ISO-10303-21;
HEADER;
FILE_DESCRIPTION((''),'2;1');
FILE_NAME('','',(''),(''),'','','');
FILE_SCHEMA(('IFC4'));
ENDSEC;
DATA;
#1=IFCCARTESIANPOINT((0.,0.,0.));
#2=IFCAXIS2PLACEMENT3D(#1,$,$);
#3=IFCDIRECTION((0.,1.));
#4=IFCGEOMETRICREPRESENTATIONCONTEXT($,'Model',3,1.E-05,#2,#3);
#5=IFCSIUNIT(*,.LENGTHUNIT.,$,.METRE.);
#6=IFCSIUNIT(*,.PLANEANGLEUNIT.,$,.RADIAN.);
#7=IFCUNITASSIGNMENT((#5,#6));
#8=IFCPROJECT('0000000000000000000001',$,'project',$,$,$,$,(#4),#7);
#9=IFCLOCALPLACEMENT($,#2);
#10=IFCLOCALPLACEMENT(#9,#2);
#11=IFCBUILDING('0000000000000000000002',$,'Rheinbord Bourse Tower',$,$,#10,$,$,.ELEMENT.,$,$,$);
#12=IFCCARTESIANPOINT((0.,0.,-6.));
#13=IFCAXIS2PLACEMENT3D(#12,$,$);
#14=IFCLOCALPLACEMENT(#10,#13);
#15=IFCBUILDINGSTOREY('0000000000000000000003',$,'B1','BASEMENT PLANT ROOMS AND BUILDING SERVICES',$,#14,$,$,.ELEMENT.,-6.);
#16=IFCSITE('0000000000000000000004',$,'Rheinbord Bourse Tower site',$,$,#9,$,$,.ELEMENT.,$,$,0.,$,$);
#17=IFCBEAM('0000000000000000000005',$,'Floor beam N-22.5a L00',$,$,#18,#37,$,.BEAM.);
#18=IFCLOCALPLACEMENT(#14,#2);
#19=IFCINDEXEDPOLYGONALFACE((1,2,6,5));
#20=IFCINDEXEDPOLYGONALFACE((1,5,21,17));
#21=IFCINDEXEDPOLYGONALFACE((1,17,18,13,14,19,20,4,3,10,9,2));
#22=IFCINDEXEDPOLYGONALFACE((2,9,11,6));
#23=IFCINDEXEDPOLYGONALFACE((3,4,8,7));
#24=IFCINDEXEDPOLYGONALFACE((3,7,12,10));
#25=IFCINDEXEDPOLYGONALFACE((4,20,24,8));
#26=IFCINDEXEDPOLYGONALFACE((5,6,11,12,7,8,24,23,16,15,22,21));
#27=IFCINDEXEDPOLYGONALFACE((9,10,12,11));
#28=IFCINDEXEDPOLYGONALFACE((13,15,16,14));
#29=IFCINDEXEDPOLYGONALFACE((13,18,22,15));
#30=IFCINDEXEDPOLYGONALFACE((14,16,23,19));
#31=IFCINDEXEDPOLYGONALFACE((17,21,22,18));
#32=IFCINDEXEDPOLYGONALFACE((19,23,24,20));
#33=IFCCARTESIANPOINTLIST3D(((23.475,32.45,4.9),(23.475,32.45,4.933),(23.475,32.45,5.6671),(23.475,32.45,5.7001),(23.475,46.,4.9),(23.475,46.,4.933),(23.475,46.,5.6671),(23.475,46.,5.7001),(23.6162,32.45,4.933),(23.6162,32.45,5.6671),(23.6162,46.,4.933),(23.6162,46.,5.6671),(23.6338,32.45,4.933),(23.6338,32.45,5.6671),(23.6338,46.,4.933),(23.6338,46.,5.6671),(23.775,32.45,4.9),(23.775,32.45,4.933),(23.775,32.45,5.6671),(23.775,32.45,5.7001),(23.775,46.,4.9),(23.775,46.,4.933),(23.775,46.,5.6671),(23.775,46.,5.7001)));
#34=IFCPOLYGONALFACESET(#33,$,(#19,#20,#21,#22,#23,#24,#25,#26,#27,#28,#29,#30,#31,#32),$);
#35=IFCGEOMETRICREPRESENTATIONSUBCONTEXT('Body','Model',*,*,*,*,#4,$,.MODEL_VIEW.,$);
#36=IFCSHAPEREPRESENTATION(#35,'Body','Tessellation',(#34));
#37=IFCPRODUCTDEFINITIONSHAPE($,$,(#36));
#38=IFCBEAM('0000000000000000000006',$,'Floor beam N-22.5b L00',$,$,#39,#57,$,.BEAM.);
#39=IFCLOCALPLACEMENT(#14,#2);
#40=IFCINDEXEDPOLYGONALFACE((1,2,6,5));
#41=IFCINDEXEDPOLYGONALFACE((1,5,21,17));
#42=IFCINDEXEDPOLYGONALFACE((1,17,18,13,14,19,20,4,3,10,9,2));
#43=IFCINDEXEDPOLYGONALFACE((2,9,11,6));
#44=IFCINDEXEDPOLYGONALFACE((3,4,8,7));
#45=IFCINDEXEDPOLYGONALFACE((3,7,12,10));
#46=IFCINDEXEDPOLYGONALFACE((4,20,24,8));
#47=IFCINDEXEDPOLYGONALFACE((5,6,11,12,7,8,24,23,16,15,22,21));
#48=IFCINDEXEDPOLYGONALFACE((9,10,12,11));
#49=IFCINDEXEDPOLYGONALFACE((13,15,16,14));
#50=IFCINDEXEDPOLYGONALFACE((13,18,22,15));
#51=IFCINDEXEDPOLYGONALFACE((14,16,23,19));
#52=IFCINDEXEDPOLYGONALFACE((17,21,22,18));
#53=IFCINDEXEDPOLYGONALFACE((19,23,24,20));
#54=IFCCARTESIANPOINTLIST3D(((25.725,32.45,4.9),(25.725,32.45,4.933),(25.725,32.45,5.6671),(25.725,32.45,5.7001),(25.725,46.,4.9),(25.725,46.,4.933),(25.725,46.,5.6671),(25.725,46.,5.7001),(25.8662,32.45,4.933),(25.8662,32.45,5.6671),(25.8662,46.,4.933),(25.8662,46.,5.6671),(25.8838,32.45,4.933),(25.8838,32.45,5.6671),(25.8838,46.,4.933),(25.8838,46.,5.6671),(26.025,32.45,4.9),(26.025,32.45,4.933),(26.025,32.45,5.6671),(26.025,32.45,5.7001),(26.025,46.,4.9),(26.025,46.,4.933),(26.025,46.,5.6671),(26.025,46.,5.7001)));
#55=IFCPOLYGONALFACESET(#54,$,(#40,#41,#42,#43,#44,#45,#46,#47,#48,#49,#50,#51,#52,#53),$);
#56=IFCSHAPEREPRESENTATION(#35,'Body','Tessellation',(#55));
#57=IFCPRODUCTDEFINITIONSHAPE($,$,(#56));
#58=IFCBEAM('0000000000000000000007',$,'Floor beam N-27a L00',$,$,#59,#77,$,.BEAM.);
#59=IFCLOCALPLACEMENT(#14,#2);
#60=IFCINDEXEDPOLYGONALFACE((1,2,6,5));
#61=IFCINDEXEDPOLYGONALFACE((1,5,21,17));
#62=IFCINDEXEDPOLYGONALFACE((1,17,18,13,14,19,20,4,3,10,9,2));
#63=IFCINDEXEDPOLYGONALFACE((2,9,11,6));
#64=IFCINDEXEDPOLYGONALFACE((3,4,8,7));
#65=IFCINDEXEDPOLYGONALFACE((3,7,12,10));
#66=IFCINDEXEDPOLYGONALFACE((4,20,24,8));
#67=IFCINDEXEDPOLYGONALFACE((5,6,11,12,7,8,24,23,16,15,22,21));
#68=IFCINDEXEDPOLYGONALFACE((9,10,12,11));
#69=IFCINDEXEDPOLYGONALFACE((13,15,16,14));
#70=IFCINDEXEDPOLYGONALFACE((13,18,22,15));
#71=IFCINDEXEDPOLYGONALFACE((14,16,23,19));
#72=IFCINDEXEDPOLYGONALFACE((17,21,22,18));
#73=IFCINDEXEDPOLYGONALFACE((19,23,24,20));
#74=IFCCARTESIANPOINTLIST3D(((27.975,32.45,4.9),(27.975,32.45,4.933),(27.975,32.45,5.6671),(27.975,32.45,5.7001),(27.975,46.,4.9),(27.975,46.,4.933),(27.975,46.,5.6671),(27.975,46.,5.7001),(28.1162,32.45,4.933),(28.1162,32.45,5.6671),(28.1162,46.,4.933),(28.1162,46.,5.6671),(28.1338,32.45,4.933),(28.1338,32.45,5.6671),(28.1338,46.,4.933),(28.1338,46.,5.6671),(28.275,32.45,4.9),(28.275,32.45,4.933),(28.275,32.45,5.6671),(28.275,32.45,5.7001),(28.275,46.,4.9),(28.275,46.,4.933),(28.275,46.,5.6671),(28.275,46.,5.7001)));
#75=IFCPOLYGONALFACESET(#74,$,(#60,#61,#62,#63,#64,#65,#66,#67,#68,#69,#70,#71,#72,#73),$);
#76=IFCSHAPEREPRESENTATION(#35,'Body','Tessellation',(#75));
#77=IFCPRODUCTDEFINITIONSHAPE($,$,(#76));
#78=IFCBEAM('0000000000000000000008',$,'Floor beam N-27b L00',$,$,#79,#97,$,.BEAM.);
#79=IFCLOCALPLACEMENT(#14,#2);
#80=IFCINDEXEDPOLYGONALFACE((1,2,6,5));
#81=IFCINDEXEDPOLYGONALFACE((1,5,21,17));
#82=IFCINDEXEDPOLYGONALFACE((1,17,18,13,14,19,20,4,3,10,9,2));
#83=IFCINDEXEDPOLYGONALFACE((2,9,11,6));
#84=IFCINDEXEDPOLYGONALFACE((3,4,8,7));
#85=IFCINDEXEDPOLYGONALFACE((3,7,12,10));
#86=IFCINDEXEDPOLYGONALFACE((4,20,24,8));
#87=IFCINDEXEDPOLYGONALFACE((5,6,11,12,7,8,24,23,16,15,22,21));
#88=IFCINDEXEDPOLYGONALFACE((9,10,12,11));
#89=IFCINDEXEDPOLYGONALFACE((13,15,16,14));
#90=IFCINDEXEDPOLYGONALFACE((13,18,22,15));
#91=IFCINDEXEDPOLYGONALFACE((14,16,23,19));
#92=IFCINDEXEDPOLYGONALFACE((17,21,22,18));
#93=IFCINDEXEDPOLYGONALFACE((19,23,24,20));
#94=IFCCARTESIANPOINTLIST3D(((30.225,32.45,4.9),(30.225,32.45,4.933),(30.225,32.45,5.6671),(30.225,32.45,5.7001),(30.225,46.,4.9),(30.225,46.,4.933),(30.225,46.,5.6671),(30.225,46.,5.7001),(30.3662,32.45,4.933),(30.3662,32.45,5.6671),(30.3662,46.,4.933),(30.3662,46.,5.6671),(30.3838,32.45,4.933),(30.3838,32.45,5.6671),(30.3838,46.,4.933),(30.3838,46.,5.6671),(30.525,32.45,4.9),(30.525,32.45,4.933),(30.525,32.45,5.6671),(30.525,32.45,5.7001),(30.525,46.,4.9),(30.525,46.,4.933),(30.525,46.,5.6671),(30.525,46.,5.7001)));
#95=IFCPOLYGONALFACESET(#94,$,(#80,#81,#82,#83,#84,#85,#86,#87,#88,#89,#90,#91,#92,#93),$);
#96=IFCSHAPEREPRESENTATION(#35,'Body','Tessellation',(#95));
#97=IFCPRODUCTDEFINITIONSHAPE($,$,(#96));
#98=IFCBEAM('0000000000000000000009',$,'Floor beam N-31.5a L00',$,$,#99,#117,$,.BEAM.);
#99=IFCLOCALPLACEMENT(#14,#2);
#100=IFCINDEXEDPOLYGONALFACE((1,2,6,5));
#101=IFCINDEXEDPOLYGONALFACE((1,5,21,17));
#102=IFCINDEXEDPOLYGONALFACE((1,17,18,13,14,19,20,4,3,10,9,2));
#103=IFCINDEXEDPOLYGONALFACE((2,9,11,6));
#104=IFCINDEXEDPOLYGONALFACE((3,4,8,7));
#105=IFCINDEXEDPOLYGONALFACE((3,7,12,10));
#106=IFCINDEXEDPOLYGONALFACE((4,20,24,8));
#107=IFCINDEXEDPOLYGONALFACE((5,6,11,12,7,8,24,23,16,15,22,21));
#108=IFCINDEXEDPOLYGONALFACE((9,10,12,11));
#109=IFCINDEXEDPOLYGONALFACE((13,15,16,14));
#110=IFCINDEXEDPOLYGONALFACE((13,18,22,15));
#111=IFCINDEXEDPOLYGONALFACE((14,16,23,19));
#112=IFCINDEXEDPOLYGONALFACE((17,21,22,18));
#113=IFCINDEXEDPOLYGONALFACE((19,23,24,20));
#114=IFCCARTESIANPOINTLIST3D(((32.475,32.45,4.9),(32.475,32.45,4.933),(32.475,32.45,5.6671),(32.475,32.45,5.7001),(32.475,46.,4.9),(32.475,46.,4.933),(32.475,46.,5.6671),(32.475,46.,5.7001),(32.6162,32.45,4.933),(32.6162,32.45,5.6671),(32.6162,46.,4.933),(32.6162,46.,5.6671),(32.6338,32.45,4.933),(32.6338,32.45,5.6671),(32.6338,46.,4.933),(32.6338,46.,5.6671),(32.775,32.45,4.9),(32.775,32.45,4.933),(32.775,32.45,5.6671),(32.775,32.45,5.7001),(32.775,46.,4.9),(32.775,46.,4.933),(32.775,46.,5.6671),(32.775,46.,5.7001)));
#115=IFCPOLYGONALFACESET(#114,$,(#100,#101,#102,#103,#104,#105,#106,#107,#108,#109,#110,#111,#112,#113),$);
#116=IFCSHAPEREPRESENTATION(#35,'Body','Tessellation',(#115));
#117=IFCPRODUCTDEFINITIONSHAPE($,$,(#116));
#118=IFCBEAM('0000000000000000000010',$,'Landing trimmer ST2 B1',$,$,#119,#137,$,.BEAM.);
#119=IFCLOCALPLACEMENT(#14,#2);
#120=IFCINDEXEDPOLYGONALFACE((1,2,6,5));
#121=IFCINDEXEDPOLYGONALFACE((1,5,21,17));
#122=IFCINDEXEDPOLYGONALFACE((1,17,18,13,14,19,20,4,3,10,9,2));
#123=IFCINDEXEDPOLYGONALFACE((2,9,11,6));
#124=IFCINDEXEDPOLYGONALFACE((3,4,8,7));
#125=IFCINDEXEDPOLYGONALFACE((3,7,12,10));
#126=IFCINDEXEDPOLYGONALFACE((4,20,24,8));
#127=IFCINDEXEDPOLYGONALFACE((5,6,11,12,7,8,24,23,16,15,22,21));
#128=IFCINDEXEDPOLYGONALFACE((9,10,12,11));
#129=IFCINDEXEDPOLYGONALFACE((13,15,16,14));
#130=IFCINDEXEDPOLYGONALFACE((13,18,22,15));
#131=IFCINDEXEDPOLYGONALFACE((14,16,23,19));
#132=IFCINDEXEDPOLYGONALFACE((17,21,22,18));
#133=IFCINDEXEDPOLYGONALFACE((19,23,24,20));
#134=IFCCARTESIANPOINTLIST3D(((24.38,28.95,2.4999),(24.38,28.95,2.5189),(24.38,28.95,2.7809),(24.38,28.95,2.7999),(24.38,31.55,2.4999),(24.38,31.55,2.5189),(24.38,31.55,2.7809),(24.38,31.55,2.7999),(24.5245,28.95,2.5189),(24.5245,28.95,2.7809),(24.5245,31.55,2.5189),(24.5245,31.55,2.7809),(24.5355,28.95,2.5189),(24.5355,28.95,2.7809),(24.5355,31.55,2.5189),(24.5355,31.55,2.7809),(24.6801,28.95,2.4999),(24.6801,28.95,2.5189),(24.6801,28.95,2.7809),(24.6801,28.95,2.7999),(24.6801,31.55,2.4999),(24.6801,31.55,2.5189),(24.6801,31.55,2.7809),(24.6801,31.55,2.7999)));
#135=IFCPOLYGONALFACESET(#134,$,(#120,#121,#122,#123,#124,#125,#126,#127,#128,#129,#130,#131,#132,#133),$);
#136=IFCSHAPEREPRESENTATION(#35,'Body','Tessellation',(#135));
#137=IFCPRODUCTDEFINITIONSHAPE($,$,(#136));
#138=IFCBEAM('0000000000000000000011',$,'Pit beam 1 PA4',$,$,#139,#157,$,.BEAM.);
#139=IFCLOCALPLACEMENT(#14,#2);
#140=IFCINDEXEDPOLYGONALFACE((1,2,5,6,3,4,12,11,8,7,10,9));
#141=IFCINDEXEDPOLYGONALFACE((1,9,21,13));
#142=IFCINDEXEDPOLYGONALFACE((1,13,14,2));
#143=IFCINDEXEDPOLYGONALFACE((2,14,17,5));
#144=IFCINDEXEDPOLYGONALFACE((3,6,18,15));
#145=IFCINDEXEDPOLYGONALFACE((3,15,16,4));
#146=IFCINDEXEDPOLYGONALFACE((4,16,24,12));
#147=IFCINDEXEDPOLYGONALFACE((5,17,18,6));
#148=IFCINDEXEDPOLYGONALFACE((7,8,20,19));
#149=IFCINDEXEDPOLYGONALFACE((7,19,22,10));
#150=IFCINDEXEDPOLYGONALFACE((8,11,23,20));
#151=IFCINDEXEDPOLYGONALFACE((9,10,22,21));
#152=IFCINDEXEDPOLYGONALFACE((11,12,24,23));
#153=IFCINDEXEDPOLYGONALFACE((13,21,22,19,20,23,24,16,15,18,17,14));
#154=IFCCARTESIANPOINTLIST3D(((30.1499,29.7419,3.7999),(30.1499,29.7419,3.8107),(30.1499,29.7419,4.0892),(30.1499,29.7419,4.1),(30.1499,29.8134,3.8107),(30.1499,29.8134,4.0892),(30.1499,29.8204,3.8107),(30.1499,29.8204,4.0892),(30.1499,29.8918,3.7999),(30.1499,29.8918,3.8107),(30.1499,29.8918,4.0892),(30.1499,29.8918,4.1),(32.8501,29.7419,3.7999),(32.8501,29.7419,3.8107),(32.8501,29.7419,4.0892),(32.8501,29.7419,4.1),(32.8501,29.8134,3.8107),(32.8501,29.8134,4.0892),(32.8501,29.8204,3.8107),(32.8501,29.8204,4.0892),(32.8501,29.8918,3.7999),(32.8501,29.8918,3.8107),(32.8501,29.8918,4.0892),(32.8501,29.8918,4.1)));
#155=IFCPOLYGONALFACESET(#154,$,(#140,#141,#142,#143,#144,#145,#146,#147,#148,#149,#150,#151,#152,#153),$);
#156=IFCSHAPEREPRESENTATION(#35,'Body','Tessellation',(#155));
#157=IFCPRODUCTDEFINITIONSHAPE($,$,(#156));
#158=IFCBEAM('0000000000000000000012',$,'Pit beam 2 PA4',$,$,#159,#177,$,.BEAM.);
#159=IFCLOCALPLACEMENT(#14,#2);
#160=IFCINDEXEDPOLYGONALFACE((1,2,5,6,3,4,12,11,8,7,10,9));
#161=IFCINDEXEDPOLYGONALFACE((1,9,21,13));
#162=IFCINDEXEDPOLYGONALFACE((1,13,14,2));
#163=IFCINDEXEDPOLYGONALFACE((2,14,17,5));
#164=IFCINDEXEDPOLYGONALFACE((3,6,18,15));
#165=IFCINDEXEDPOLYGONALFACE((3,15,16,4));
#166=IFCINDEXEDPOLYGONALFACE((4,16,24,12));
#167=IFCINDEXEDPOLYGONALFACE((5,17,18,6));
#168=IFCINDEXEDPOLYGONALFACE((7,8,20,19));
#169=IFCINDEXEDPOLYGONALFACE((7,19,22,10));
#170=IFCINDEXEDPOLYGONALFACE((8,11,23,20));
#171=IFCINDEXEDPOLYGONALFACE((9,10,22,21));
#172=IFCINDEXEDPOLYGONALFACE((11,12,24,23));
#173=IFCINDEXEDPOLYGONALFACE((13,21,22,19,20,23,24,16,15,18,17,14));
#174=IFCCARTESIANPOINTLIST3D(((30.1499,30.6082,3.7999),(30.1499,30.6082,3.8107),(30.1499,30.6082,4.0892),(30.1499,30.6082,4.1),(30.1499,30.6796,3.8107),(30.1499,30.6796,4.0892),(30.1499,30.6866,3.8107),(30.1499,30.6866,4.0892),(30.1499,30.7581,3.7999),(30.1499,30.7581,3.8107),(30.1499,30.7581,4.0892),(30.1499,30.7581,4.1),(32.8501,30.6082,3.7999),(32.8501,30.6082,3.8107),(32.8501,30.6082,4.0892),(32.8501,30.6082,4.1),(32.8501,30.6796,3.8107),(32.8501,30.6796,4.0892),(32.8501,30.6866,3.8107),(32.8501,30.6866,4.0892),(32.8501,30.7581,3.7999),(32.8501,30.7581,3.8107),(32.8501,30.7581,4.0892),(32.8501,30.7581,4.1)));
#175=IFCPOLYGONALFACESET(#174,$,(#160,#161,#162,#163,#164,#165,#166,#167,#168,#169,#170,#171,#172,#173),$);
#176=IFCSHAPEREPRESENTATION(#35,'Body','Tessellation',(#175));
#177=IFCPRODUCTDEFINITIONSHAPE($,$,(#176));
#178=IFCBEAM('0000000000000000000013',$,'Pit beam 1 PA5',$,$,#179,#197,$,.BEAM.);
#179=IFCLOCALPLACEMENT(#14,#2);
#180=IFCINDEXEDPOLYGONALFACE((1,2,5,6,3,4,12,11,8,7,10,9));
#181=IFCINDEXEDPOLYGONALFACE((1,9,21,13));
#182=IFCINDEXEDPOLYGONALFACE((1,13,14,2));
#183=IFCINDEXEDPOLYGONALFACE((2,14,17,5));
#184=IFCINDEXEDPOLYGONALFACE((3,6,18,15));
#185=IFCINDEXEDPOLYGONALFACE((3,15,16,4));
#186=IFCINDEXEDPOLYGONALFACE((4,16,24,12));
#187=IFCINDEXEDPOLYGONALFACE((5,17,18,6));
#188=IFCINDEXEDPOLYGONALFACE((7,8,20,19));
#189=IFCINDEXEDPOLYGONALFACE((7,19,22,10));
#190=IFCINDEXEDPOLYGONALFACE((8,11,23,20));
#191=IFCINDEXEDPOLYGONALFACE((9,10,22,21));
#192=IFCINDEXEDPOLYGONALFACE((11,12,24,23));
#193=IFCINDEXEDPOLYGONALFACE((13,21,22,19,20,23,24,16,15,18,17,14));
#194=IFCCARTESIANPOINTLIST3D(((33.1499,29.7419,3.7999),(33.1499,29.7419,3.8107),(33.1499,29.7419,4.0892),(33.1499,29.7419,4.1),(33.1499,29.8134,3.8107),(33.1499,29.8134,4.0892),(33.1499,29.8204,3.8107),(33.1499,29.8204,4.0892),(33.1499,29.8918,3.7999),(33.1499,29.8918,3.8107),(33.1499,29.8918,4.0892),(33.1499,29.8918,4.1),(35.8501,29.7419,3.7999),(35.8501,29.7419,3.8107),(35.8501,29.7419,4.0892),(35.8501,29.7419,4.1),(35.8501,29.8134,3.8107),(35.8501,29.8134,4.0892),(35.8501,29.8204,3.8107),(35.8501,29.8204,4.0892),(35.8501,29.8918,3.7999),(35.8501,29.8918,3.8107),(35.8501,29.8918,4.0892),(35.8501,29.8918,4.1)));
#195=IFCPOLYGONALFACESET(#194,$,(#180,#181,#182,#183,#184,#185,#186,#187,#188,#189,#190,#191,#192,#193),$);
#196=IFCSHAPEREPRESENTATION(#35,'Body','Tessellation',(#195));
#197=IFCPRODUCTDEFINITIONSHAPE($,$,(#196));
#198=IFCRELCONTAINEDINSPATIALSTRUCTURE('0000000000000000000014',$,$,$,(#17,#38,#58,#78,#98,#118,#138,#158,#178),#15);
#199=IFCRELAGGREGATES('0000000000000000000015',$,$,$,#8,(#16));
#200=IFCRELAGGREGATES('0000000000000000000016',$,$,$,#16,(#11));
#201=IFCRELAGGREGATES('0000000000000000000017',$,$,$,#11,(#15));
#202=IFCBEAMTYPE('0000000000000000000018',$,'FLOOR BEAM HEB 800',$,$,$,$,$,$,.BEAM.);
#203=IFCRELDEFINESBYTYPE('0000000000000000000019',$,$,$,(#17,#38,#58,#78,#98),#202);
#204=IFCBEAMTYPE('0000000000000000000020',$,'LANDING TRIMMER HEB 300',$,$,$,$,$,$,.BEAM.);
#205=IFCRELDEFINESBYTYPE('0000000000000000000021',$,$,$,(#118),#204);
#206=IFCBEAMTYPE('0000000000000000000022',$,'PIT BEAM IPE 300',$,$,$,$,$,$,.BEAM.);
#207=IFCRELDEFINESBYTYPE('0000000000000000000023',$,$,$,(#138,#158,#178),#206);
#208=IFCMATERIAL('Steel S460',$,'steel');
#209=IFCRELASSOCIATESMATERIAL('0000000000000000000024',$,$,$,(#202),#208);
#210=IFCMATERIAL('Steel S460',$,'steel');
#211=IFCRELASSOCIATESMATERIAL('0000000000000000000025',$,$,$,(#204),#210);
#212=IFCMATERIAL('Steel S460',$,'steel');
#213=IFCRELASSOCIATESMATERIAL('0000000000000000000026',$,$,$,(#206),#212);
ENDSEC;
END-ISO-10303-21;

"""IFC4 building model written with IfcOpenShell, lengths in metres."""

from ifc_helpers import new_model, si_unit, direction, frame, origin, origin_2d, place, context, subcontext, project, spatial, i_section, extrude, material, material_profile, profile_set, type_object, element, save


model = new_model("IFC4")

# Units and contexts
model_context = context("Model", 3, precision=1e-05, world=origin(), true_north=direction((0.0, 1.0)))
body_context = subcontext(model_context, "Body", "Model", "MODEL_VIEW")
ifc_project = project(units=[si_unit("LENGTHUNIT", "METRE"), si_unit("PLANEANGLEUNIT", "RADIAN")], contexts=[model_context])

# Site, building, storey
site_placement = place(None, origin())
site = spatial("IfcSite", under=ifc_project, at=site_placement, Name="Rheinbord Bourse Tower site", CompositionType="ELEMENT", RefElevation=0.0)
building_placement = place(site_placement, origin())
building = spatial("IfcBuilding", under=site, at=building_placement, Name="Rheinbord Bourse Tower", CompositionType="ELEMENT")
storey_placement = place(building_placement, frame((0.0, 0.0, -6.0)))
storey = spatial("IfcBuildingStorey", under=building, at=storey_placement, Name="B1", Description="BASEMENT PLANT ROOMS AND BUILDING SERVICES", CompositionType="ELEMENT", Elevation=-6.0)

# Beams
ifc_material_1 = material(Name="Steel S460", Category="steel")
ifc_material_profile_1 = material_profile(ifc_material_1, i_section(OverallWidth=0.3, OverallDepth=0.8, WebThickness=0.0176, FlangeThickness=0.033, at=origin_2d()), Name="HEB 800")
ifc_profile_set_1 = profile_set([ifc_material_profile_1], Name="Steel S460")
beam_type_1 = type_object("IfcBeamType", Name="FLOOR BEAM HEB 800", PredefinedType="BEAM", material=ifc_profile_set_1)
for number, where, z_axis, x_axis, name in (
    (1, (23.625, 46.0, 5.3), (0.0, -1.0, 0.0), (1.0, 0.0, 0.0), "Floor beam N-22.5a L00"),
    (2, (25.875, 46.0, 5.3), (0.0, -1.0, 0.0), (1.0, 0.0, 0.0), "Floor beam N-22.5b L00"),
    (3, (28.125, 46.0, 5.3), (0.0, -1.0, 0.0), (1.0, 0.0, 0.0), "Floor beam N-27a L00"),
    (4, (30.375, 46.0, 5.3), (0.0, -1.0, 0.0), (1.0, 0.0, 0.0), "Floor beam N-27b L00"),
    (5, (32.625, 46.0, 5.3), (0.0, -1.0, 0.0), (1.0, 0.0, 0.0), "Floor beam N-31.5a L00"),
):
    element("IfcBeam", number, at=place(storey_placement, frame(where, z_axis=z_axis, x_axis=x_axis)), inside=storey, type_object=beam_type_1, Name=name, PredefinedType="BEAM", context=body_context, shape_type="SweptSolid", body=[
        extrude(i_section(OverallWidth=0.3, OverallDepth=0.8, WebThickness=0.0176, FlangeThickness=0.033, at=origin_2d()), origin(), (0.0, 0.0, 1.0), 13.55),
    ])
ifc_material_2 = material(Name="Steel S460", Category="steel")
ifc_material_profile_2 = material_profile(ifc_material_2, i_section(OverallWidth=0.3, OverallDepth=0.3, WebThickness=0.011, FlangeThickness=0.019, at=origin_2d()), Name="HEB 300")
ifc_profile_set_2 = profile_set([ifc_material_profile_2], Name="Steel S460")
beam_type_2 = type_object("IfcBeamType", Name="LANDING TRIMMER HEB 300", PredefinedType="BEAM", material=ifc_profile_set_2)
beam_placement = place(storey_placement, frame((24.53, 28.95, 2.6499), z_axis=(0.0, 1.0, 0.0), x_axis=(-1.0, 0.0, 0.0)))
element("IfcBeam", 6, at=beam_placement, inside=storey, type_object=beam_type_2, Name="Landing trimmer ST2 B1", PredefinedType="BEAM", context=body_context, shape_type="SweptSolid", body=[
    extrude(i_section(OverallWidth=0.3, OverallDepth=0.3, WebThickness=0.011, FlangeThickness=0.019, at=origin_2d()), origin(), (0.0, 0.0, 1.0), 2.6001),
])
ifc_material_3 = material(Name="Steel S460", Category="steel")
ifc_material_profile_3 = material_profile(ifc_material_3, i_section(OverallWidth=0.1499, OverallDepth=0.3, WebThickness=0.0071, FlangeThickness=0.0107, at=origin_2d()), Name="IPE 300")
ifc_profile_set_3 = profile_set([ifc_material_profile_3], Name="Steel S460")
beam_type_3 = type_object("IfcBeamType", Name="PIT BEAM IPE 300", PredefinedType="BEAM", material=ifc_profile_set_3)
for number, where, z_axis, x_axis, name in (
    (7, (30.1499, 29.8169, 3.95), (1.0, 0.0, 0.0), (0.0, 1.0, 0.0), "Pit beam 1 PA4"),
    (8, (30.1499, 30.6831, 3.95), (1.0, 0.0, 0.0), (0.0, 1.0, 0.0), "Pit beam 2 PA4"),
    (9, (33.1499, 29.8169, 3.95), (1.0, 0.0, 0.0), (0.0, 1.0, 0.0), "Pit beam 1 PA5"),
):
    element("IfcBeam", number, at=place(storey_placement, frame(where, z_axis=z_axis, x_axis=x_axis)), inside=storey, type_object=beam_type_3, Name=name, PredefinedType="BEAM", context=body_context, shape_type="SweptSolid", body=[
        extrude(i_section(OverallWidth=0.1499, OverallDepth=0.3, WebThickness=0.0071, FlangeThickness=0.0107, at=origin_2d()), origin(), (0.0, 0.0, 1.0), 2.7002),
    ])

save(model, "model.ifc")
